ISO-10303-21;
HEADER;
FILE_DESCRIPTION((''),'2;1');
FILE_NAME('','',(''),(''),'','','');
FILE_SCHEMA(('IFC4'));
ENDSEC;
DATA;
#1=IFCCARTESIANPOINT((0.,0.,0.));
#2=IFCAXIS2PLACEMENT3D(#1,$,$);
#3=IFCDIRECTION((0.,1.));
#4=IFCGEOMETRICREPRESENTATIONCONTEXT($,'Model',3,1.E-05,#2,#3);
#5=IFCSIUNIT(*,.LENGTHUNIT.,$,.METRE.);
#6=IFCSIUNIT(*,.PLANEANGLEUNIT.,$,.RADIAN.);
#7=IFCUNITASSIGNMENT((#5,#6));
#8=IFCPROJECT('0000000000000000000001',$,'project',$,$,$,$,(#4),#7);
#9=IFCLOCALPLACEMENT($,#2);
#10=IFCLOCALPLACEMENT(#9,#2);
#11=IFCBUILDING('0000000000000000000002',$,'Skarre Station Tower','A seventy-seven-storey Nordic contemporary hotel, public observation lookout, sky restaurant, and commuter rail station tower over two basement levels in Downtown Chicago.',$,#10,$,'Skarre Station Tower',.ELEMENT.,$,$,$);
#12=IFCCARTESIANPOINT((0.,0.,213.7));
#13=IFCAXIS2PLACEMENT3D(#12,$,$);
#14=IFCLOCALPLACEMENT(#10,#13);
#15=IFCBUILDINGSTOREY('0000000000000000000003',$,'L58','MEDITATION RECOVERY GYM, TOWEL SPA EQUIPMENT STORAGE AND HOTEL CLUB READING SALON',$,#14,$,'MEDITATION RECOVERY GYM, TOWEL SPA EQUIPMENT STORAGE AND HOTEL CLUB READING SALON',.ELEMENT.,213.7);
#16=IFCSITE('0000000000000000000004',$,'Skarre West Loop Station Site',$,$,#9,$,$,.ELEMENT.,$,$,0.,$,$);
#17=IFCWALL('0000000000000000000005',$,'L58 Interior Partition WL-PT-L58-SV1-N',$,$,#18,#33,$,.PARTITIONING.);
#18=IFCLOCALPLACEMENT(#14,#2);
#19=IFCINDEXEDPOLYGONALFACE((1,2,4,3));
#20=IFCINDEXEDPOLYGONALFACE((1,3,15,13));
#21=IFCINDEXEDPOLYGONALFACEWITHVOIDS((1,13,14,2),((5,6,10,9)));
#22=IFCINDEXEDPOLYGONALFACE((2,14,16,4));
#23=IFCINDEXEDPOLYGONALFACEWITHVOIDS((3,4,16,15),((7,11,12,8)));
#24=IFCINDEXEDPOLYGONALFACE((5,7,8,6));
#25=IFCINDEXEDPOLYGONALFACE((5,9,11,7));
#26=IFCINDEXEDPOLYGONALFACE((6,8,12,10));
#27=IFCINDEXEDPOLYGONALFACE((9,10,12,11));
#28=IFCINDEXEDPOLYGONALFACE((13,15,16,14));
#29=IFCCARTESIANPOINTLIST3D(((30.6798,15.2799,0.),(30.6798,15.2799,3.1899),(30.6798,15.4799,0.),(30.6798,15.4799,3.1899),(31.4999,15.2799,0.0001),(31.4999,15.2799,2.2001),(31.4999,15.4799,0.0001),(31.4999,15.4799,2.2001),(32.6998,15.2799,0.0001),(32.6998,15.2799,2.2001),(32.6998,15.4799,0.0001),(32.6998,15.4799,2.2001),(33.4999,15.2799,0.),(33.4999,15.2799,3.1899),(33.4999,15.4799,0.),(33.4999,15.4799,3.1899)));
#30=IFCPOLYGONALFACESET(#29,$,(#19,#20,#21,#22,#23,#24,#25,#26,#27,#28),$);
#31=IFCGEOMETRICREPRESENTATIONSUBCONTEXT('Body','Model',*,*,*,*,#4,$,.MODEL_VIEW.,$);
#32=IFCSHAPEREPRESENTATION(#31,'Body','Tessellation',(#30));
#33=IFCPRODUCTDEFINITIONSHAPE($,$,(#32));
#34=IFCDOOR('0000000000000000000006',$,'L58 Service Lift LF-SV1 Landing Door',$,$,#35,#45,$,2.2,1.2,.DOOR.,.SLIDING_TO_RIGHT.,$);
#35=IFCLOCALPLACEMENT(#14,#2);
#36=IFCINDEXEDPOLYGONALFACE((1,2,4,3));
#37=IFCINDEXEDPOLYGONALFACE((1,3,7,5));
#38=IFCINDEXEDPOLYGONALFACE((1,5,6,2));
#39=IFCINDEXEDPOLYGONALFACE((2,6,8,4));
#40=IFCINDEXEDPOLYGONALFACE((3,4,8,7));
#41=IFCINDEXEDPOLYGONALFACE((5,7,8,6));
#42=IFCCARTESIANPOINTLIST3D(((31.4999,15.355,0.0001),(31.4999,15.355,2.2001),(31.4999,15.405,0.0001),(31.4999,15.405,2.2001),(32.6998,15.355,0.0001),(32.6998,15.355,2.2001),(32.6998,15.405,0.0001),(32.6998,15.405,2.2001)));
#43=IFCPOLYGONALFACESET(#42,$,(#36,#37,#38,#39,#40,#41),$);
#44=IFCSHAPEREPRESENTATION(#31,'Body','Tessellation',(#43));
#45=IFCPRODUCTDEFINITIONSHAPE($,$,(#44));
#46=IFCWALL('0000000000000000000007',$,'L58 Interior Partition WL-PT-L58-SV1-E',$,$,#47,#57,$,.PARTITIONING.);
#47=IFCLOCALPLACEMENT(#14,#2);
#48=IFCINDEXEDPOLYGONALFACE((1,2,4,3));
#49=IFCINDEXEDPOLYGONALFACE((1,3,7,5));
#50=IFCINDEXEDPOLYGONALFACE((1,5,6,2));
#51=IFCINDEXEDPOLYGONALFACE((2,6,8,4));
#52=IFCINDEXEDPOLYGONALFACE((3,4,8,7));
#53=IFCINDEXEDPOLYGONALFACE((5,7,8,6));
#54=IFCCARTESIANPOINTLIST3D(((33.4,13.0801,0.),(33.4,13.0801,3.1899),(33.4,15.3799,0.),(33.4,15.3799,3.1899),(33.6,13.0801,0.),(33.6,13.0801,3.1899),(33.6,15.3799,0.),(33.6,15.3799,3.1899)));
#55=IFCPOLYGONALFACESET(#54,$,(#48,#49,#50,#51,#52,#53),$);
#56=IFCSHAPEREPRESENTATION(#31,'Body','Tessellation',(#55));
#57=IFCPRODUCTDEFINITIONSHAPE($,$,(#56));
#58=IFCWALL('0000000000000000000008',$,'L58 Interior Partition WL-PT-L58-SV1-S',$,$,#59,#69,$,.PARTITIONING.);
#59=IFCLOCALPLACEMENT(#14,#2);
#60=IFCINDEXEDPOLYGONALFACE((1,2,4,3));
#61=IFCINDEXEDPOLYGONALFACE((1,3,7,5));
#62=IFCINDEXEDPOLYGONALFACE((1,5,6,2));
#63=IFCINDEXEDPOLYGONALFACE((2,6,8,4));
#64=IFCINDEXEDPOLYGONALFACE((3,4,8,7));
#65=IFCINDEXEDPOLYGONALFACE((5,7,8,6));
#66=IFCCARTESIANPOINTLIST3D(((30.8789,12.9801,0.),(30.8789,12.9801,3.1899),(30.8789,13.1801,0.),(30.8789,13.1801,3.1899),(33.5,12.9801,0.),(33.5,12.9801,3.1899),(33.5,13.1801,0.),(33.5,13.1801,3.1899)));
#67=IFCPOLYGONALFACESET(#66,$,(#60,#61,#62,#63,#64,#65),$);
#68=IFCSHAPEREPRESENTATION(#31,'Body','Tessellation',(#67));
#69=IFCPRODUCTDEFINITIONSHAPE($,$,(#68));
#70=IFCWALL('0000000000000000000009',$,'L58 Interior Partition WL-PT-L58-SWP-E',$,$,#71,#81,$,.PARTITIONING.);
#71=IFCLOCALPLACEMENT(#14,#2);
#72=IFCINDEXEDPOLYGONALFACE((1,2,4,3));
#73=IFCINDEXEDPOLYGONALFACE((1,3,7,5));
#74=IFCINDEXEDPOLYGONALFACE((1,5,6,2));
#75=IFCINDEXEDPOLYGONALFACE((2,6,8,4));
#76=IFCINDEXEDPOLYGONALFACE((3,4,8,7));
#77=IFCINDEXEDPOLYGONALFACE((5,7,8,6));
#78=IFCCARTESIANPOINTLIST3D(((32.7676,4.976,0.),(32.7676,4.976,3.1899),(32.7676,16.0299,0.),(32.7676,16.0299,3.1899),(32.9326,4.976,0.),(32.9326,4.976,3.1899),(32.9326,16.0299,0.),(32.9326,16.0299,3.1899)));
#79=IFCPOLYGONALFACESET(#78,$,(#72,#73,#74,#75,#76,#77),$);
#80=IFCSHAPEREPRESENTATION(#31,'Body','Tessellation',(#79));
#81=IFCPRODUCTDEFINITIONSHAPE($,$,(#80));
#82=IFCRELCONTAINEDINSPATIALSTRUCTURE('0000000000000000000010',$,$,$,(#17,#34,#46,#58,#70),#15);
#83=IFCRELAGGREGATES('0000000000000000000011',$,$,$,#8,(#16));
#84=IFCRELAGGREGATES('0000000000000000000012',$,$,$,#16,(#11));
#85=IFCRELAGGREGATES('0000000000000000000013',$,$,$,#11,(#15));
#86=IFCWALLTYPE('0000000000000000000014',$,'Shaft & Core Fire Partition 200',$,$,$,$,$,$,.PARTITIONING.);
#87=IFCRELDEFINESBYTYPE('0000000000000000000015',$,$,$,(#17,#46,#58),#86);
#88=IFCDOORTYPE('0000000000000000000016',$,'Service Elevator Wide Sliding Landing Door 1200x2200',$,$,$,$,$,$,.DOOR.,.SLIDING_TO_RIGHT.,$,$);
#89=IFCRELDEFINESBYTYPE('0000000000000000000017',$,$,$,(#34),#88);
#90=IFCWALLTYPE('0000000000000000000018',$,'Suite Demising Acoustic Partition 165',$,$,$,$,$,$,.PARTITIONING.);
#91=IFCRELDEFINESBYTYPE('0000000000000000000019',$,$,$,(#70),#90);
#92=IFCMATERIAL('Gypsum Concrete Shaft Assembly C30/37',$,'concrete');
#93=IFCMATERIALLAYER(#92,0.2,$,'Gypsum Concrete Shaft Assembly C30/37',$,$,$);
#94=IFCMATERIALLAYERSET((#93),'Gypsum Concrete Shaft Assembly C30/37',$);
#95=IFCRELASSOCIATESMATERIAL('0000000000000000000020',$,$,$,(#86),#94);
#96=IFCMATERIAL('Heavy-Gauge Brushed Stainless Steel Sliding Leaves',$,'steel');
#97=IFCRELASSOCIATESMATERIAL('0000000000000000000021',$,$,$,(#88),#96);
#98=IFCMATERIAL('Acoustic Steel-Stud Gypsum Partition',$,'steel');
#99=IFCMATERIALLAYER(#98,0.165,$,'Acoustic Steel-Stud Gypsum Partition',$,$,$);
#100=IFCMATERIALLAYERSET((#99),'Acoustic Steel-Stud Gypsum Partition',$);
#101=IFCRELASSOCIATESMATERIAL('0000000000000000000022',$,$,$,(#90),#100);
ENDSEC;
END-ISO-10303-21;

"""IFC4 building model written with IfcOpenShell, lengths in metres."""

from ifc_helpers import new_model, si_unit, direction, frame, frame_2d, origin, place, context, subcontext, project, spatial, rectangle, extrude, material, layer, layer_set, type_object, element, fill, save


model = new_model("IFC4")

# Units and contexts
model_context = context("Model", 3, precision=1e-05, world=origin(), true_north=direction((0.0, 1.0)))
body_context = subcontext(model_context, "Body", "Model", "MODEL_VIEW")
ifc_project = project(units=[si_unit("LENGTHUNIT", "METRE"), si_unit("PLANEANGLEUNIT", "RADIAN")], contexts=[model_context])

# Site, building, storey
site_placement = place(None, origin())
site = spatial("IfcSite", under=ifc_project, at=site_placement, Name="Skarre West Loop Station Site", CompositionType="ELEMENT", RefElevation=0.0)
building_placement = place(site_placement, origin())
building = spatial("IfcBuilding", under=site, at=building_placement, Name="Skarre Station Tower", Description="A seventy-seven-storey Nordic contemporary hotel, public observation lookout, sky restaurant, and commuter rail station tower over two basement levels in Downtown Chicago.", LongName="Skarre Station Tower", CompositionType="ELEMENT")
storey_placement = place(building_placement, frame((0.0, 0.0, 213.7)))
storey = spatial("IfcBuildingStorey", under=building, at=storey_placement, Name="L58", Description="MEDITATION RECOVERY GYM, TOWEL SPA EQUIPMENT STORAGE AND HOTEL CLUB READING SALON", LongName="MEDITATION RECOVERY GYM, TOWEL SPA EQUIPMENT STORAGE AND HOTEL CLUB READING SALON", CompositionType="ELEMENT", Elevation=213.7)

# Shared definitions
ifc_material_1 = material(Name="Acoustic Steel-Stud Gypsum Partition", Category="steel")

# Wall, opening, door
ifc_material_2 = material(Name="Gypsum Concrete Shaft Assembly C30/37", Category="concrete")
ifc_layer_1 = layer(ifc_material_2, 0.2, Name="Gypsum Concrete Shaft Assembly C30/37")
ifc_layer_set_1 = layer_set([ifc_layer_1], Name="Gypsum Concrete Shaft Assembly C30/37")
wall_type_1 = type_object("IfcWallType", Name="Shaft & Core Fire Partition 200", PredefinedType="PARTITIONING", material=ifc_layer_set_1)
wall_1_placement = place(storey_placement, frame((33.5, 15.3799, 0.0), z_axis=(0.0, 0.0, 1.0), x_axis=(-1.0, 0.0, 0.0)))
wall_1 = element("IfcWall", 1, at=wall_1_placement, inside=storey, type_object=wall_type_1, Name="L58 Interior Partition WL-PT-L58-SV1-N", PredefinedType="PARTITIONING", context=body_context, shape_type="SweptSolid", body=[
    extrude(rectangle(XDim=2.8201, YDim=0.2, at=frame_2d((1.4102, 0.0))), origin(), (0.0, 0.0, 1.0), 3.1899),
])
opening_1_placement = place(wall_1_placement, frame((0.8, 0.0, 0.0)))
opening_1 = element("IfcOpeningElement", 2, at=opening_1_placement, cuts=wall_1, PredefinedType="OPENING", context=body_context, shape_type="SweptSolid", body=[
    extrude(rectangle(XDim=1.2, YDim=2.2, at=frame_2d((0.6001, 1.1001))), frame((0.0, 0.1099, 0.0), z_axis=(0.0, -1.0, 0.0), x_axis=(1.0, 0.0, 0.0)), (0.0, 0.0, 1.0), 0.22),
])
ifc_material_3 = material(Name="Heavy-Gauge Brushed Stainless Steel Sliding Leaves", Category="steel")
door_type_1 = type_object("IfcDoorType", Name="Service Elevator Wide Sliding Landing Door 1200x2200", OperationType="SLIDING_TO_RIGHT", PredefinedType="DOOR", material=ifc_material_3)
door_1_placement = place(opening_1_placement, origin())
door_1 = element("IfcDoor", 3, at=door_1_placement, inside=storey, type_object=door_type_1, Name="L58 Service Lift LF-SV1 Landing Door", OperationType="SLIDING_TO_RIGHT", OverallHeight=2.2, OverallWidth=1.2, PredefinedType="DOOR", context=body_context, shape_type="SweptSolid", body=[
    extrude(rectangle(XDim=1.2, YDim=2.2, at=frame_2d((0.6001, 1.1001))), frame((0.0, 0.0249, 0.0), z_axis=(0.0, -1.0, 0.0), x_axis=(1.0, 0.0, 0.0)), (0.0, 0.0, 1.0), 0.05),
])
fill(opening_1, door_1)

# Walls
wall_2_placement = place(storey_placement, frame((33.5, 13.0801, 0.0), z_axis=(0.0, 0.0, 1.0), x_axis=(0.0, 1.0, 0.0)))
element("IfcWall", 4, at=wall_2_placement, inside=storey, type_object=wall_type_1, Name="L58 Interior Partition WL-PT-L58-SV1-E", PredefinedType="PARTITIONING", context=body_context, shape_type="SweptSolid", body=[
    extrude(rectangle(XDim=2.2998, YDim=0.2, at=frame_2d((1.1499, 0.0))), origin(), (0.0, 0.0, 1.0), 3.1899),
])
wall_3_placement = place(storey_placement, frame((30.8789, 13.0801, 0.0), z_axis=(0.0, 0.0, 1.0), x_axis=(1.0, 0.0, 0.0)))
element("IfcWall", 5, at=wall_3_placement, inside=storey, type_object=wall_type_1, Name="L58 Interior Partition WL-PT-L58-SV1-S", PredefinedType="PARTITIONING", context=body_context, shape_type="SweptSolid", body=[
    extrude(rectangle(XDim=2.6211, YDim=0.2, at=frame_2d((1.3105, 0.0))), origin(), (0.0, 0.0, 1.0), 3.1899),
])
ifc_layer_2 = layer(ifc_material_1, 0.165, Name="Acoustic Steel-Stud Gypsum Partition")
ifc_layer_set_2 = layer_set([ifc_layer_2], Name="Acoustic Steel-Stud Gypsum Partition")
wall_type_2 = type_object("IfcWallType", Name="Suite Demising Acoustic Partition 165", PredefinedType="PARTITIONING", material=ifc_layer_set_2)
wall_4_placement = place(storey_placement, frame((32.8501, 4.9761, 0.0), z_axis=(0.0, 0.0, 1.0), x_axis=(0.0, 1.0, 0.0)))
element("IfcWall", 6, at=wall_4_placement, inside=storey, type_object=wall_type_2, Name="L58 Interior Partition WL-PT-L58-SWP-E", PredefinedType="PARTITIONING", context=body_context, shape_type="SweptSolid", body=[
    extrude(rectangle(XDim=11.054, YDim=0.165, at=frame_2d((5.5269, 0.0))), origin(), (0.0, 0.0, 1.0), 3.1899),
])

save(model, "model.ifc")
